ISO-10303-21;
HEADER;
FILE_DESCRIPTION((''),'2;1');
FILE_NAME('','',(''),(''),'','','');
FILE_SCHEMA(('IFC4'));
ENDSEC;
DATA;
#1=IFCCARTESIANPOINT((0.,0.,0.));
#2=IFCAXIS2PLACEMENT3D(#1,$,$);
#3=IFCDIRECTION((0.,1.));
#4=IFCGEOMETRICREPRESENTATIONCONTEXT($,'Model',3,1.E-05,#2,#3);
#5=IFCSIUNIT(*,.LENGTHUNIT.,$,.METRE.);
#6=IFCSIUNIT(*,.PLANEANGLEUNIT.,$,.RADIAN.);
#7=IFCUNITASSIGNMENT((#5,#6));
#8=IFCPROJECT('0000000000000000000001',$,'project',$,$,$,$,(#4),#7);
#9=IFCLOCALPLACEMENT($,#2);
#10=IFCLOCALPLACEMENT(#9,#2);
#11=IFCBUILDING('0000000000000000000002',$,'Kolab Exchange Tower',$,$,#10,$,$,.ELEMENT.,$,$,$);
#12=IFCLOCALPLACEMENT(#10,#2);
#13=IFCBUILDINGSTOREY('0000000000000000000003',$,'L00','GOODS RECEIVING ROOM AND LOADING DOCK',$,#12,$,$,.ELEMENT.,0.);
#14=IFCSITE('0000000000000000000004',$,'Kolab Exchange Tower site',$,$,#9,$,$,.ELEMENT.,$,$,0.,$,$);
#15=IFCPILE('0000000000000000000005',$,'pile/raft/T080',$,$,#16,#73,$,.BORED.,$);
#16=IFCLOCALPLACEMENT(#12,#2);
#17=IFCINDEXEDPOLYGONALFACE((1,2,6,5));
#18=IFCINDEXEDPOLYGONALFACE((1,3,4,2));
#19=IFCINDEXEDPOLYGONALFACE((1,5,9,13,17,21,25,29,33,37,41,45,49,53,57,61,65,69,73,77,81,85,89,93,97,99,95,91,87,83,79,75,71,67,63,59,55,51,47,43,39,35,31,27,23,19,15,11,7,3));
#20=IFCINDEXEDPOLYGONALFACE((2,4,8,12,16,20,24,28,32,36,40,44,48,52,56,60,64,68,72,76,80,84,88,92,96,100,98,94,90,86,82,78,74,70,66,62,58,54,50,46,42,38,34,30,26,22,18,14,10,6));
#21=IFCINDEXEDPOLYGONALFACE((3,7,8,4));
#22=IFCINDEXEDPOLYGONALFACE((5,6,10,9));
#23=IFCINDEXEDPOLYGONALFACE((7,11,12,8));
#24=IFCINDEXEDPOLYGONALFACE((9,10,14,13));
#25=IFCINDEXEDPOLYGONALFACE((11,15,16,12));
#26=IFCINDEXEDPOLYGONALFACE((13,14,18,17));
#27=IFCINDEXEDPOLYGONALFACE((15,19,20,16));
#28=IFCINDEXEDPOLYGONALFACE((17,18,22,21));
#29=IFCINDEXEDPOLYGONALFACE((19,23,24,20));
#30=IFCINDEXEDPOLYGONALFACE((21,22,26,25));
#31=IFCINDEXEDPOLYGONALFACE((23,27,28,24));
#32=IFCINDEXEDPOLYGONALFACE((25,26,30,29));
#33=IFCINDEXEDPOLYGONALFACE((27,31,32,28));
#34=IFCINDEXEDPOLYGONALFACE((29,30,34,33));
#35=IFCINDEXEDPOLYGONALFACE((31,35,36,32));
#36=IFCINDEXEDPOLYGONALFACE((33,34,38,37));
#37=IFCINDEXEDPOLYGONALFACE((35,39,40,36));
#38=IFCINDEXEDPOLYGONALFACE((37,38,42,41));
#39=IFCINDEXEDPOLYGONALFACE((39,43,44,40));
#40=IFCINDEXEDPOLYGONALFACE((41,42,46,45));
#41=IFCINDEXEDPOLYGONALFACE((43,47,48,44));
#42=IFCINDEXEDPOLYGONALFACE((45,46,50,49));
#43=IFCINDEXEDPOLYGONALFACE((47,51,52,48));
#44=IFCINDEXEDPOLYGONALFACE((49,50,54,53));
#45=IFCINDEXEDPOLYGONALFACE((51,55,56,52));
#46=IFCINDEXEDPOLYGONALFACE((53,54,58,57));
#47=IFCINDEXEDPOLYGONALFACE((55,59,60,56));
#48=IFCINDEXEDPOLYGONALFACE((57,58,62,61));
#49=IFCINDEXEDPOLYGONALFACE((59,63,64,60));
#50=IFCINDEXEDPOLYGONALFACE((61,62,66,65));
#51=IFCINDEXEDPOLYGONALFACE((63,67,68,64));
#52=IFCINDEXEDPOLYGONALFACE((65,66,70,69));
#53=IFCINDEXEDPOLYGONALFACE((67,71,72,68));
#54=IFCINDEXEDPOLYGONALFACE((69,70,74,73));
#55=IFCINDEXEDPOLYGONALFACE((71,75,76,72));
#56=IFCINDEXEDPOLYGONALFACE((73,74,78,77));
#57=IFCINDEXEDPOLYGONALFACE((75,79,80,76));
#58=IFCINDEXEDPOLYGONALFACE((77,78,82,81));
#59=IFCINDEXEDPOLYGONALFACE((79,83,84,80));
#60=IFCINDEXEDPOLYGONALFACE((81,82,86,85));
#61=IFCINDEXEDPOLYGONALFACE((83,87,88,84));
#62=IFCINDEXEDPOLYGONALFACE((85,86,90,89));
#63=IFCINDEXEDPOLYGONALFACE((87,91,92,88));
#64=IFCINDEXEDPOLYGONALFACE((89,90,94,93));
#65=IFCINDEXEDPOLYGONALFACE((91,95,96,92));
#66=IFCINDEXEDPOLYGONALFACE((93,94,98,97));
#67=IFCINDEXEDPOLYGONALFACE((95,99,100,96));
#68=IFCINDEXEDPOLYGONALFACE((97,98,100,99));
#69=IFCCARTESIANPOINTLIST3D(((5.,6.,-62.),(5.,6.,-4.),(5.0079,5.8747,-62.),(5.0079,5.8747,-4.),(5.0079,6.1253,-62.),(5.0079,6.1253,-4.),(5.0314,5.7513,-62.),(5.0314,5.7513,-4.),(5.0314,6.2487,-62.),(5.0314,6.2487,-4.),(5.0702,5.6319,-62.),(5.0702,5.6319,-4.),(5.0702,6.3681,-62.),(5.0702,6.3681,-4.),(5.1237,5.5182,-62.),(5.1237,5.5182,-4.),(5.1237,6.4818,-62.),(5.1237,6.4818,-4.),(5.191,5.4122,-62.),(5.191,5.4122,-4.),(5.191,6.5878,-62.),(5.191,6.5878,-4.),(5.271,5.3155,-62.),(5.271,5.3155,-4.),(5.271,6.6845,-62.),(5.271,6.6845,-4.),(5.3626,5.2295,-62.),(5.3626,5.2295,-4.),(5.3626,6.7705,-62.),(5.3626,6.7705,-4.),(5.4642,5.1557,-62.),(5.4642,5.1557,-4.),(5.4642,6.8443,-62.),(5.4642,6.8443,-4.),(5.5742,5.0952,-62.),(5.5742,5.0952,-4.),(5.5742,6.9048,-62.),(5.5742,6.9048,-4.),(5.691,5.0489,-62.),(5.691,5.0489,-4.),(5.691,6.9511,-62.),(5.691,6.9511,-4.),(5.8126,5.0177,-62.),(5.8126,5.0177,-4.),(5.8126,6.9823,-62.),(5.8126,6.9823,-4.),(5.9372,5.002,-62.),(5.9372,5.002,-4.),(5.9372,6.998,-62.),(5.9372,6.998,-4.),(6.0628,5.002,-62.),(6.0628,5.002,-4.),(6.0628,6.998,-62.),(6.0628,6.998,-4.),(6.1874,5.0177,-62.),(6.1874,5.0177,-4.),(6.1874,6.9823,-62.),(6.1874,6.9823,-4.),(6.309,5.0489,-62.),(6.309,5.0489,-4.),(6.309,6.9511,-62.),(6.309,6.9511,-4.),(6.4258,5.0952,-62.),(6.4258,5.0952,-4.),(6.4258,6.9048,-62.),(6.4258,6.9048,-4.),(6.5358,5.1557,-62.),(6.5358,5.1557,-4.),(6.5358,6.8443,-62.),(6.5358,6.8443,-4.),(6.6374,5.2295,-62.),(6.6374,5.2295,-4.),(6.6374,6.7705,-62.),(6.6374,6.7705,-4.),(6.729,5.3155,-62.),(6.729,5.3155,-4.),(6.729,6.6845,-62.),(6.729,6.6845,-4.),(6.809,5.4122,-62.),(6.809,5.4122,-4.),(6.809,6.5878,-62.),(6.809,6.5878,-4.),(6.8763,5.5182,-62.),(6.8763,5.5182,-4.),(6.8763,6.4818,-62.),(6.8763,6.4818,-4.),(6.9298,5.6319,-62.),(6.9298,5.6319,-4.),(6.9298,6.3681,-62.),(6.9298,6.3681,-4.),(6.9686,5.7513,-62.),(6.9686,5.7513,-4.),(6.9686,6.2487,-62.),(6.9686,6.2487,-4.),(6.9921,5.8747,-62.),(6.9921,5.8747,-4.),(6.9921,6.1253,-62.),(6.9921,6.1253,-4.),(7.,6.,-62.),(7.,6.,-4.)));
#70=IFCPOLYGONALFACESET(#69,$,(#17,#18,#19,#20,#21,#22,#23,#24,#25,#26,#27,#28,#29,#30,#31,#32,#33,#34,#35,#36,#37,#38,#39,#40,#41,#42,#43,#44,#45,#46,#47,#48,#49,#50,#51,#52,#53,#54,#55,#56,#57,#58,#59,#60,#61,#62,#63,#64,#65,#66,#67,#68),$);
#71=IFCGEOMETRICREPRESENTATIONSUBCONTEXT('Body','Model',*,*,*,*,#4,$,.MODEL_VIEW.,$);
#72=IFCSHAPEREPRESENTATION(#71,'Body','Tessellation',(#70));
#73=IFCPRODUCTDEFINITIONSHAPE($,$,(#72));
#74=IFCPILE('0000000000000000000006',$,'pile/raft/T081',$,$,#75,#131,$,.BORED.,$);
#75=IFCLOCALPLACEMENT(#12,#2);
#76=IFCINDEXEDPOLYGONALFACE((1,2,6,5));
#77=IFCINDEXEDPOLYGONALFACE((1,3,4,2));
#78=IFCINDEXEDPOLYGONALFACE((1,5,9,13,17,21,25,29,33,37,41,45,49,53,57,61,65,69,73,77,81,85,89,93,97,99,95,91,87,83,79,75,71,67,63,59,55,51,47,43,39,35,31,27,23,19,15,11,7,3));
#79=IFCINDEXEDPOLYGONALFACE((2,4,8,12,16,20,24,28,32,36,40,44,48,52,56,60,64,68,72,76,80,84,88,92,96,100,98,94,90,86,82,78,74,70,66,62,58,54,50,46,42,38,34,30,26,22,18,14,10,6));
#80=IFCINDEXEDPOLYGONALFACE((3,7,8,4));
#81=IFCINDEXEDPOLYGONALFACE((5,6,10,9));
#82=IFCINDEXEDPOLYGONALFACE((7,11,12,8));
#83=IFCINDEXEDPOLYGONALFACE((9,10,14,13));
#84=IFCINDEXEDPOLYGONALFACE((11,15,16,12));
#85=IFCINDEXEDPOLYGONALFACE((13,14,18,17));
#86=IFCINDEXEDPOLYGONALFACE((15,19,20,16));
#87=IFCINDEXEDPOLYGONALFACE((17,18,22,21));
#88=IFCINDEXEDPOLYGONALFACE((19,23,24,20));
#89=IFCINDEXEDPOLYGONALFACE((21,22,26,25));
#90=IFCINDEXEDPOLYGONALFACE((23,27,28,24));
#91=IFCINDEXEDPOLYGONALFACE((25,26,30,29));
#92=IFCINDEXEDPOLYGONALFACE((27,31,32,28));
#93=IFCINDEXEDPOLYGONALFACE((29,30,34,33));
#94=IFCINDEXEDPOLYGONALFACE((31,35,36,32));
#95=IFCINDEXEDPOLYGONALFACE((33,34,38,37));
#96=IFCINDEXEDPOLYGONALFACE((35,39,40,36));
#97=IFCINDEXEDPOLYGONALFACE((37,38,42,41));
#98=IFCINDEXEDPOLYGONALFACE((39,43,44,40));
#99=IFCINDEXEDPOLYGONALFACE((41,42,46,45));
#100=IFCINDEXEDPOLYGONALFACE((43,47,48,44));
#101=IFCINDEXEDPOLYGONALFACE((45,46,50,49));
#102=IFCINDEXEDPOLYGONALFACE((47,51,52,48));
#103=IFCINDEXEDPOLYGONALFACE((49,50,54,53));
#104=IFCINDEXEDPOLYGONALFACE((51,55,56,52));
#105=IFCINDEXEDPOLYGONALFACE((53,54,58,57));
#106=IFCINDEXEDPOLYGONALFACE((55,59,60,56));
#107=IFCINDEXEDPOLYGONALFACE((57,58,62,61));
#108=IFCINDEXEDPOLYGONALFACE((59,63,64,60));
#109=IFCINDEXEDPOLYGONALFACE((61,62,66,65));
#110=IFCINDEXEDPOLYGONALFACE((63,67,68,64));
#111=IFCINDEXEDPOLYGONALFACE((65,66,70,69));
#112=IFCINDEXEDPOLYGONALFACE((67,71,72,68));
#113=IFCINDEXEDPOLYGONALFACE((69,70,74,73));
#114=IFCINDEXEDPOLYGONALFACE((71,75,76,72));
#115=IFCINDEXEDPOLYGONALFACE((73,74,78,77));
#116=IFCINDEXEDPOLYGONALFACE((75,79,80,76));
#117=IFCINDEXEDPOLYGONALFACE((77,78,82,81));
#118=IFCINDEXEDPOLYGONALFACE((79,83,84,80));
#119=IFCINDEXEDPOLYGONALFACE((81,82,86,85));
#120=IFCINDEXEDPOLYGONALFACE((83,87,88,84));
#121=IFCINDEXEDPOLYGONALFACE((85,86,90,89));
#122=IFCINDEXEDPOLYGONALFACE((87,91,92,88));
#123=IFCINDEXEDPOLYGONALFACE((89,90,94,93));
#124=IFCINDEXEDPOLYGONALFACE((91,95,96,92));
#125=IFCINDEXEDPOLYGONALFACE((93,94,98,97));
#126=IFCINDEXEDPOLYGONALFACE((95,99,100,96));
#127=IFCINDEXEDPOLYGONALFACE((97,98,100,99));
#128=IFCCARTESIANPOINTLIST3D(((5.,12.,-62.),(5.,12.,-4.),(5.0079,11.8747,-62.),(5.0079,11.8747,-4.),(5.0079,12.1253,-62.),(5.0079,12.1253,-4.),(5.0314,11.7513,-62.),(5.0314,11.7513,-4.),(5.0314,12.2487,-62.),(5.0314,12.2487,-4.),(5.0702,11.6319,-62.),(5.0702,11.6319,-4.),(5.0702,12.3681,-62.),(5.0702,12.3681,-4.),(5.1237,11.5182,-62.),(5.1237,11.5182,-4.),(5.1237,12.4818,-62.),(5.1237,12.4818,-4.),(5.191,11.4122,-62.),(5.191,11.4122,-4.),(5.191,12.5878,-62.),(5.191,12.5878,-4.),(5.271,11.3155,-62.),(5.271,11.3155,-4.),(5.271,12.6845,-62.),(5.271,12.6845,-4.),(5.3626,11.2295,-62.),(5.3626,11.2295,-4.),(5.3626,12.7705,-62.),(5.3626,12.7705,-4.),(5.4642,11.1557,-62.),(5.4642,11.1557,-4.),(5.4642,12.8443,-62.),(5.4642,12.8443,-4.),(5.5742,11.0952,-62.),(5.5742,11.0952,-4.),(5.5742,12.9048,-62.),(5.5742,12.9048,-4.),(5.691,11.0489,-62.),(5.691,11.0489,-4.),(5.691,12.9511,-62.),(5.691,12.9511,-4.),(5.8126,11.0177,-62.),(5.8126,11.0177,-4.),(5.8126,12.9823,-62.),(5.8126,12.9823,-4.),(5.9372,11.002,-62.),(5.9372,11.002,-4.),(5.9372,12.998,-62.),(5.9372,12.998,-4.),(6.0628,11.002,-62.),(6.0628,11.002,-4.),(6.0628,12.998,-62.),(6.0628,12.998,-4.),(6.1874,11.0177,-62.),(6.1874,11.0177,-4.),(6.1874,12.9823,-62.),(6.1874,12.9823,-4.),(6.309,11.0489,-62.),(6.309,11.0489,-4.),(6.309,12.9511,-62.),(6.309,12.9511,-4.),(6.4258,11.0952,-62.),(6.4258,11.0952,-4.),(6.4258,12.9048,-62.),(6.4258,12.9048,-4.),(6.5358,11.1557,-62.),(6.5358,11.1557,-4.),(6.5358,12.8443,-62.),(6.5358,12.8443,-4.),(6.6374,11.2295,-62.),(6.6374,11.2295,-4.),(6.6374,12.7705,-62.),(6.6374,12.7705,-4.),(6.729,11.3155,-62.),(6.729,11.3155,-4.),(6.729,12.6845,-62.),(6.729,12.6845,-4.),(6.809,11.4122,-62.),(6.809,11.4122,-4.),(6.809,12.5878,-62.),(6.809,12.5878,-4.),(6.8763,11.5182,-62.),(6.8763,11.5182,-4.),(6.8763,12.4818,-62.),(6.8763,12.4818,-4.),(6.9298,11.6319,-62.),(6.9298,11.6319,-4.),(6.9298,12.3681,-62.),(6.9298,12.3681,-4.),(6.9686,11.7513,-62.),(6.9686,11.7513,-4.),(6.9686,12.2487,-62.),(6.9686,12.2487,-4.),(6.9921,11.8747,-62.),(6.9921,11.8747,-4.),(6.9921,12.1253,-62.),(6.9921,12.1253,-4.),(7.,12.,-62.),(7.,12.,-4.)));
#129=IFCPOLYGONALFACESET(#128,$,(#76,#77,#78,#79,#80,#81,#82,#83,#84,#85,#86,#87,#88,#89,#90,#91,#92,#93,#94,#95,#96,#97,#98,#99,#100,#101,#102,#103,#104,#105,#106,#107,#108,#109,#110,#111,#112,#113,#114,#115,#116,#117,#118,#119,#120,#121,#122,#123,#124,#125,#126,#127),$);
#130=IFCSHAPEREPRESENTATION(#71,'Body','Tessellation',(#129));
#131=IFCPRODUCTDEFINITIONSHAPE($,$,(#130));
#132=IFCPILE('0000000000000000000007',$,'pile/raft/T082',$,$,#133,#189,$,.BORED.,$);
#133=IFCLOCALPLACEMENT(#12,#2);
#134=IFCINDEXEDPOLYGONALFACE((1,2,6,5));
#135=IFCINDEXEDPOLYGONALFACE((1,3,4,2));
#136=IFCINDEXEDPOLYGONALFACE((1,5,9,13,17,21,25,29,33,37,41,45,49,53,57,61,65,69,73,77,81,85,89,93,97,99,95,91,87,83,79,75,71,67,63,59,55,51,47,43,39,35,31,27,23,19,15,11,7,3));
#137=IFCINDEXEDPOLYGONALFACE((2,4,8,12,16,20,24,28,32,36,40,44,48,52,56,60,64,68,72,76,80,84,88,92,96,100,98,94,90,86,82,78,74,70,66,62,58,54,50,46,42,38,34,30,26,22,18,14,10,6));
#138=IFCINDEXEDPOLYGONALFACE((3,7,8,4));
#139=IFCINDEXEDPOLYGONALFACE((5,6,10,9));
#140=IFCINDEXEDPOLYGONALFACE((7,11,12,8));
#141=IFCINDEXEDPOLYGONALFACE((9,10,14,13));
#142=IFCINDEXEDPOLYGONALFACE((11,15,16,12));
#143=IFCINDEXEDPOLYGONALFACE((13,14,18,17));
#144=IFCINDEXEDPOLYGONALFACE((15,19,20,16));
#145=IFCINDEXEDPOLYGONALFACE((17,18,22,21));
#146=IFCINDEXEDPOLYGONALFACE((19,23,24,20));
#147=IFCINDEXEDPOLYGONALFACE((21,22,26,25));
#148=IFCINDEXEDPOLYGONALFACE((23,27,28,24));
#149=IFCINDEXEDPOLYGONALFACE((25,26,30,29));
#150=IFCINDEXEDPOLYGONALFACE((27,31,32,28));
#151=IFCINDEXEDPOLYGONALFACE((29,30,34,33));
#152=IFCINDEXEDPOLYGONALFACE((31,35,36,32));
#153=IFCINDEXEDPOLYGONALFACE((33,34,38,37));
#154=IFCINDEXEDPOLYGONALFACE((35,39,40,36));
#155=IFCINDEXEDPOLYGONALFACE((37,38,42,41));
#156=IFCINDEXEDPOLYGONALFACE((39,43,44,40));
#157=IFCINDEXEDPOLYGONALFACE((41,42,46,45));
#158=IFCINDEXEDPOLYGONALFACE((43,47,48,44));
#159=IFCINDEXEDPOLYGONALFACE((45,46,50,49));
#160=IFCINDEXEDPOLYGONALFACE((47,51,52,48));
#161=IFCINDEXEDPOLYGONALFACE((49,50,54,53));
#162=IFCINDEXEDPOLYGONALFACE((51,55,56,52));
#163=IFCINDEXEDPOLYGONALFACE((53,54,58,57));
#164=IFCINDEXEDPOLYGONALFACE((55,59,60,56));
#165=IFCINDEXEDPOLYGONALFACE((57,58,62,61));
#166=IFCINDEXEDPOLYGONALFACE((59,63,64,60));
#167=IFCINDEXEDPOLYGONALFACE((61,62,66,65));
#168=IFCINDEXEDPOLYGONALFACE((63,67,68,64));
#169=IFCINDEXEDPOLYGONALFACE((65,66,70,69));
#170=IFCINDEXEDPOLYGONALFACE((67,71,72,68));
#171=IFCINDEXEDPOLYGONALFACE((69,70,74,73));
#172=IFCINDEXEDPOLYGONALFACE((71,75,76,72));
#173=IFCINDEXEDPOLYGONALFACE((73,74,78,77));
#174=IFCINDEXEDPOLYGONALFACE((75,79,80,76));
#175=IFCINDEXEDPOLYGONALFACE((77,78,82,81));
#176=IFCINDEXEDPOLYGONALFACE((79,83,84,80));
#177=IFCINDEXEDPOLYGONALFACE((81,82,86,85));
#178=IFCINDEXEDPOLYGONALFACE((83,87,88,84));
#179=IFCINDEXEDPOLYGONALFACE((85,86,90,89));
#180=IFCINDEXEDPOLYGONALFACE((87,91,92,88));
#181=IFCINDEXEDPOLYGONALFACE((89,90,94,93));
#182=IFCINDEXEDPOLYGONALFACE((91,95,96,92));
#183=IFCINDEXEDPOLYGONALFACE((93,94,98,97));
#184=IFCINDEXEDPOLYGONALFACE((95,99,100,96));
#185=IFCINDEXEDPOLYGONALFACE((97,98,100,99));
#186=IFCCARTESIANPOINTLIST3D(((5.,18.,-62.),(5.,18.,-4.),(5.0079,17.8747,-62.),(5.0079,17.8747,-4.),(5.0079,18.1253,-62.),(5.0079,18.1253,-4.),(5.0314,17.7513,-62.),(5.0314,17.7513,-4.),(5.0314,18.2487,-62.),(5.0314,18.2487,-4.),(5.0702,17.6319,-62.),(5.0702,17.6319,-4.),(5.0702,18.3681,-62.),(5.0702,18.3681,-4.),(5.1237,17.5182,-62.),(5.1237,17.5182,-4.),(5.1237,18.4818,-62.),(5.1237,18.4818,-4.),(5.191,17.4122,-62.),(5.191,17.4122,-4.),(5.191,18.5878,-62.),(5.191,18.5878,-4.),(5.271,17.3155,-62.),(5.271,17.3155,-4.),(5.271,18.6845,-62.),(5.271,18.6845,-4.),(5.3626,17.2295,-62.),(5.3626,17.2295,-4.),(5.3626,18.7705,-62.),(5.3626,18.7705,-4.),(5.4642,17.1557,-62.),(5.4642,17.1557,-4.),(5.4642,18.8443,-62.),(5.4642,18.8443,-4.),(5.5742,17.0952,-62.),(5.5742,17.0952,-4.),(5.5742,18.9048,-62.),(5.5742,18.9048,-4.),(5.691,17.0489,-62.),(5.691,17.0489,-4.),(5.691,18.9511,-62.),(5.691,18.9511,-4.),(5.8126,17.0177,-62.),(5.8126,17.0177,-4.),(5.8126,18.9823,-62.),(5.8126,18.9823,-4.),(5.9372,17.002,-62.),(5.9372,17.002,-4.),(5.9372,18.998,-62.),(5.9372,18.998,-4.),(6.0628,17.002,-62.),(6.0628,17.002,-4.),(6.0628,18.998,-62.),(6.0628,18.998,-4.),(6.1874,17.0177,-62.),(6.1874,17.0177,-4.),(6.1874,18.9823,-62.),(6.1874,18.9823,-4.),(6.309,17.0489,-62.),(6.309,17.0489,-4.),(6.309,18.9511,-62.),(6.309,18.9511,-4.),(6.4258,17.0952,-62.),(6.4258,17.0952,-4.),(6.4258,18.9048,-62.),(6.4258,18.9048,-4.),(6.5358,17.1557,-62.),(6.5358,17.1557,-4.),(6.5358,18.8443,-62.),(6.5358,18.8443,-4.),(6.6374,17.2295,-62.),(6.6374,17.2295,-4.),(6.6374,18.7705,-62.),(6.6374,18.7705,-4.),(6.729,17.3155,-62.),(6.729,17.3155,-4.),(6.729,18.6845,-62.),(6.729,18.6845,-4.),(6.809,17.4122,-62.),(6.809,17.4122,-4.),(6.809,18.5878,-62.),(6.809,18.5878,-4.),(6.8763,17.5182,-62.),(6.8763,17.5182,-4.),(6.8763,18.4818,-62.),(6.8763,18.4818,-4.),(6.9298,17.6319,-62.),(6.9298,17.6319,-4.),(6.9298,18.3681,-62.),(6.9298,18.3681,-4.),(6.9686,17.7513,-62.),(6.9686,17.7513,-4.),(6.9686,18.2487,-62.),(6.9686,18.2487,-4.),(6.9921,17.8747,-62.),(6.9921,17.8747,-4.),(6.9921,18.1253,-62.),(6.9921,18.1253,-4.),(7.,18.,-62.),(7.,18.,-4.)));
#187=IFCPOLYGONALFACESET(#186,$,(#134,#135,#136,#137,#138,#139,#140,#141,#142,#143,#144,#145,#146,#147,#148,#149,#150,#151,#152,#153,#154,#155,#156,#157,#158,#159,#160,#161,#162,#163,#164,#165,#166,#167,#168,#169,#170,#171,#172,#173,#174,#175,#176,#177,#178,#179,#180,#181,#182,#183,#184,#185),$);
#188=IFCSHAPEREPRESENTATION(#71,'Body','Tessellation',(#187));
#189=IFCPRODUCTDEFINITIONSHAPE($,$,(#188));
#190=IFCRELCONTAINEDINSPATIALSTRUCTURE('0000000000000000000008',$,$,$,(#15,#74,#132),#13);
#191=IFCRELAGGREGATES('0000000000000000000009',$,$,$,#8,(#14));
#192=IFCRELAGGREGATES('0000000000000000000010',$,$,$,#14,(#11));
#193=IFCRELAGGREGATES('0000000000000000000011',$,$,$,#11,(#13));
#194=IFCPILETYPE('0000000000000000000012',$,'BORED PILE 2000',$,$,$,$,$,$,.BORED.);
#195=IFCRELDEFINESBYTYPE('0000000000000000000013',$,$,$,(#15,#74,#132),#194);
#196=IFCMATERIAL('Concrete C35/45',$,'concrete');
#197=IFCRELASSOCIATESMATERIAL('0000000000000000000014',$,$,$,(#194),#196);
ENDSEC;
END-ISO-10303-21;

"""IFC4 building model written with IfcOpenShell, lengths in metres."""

from ifc_helpers import new_model, si_unit, direction, frame, origin, origin_2d, place, context, subcontext, project, spatial, circle, extrude, material, material_profile, profile_set, type_object, element, save


model = new_model("IFC4")

# Units and contexts
model_context = context("Model", 3, precision=1e-05, world=origin(), true_north=direction((0.0, 1.0)))
body_context = subcontext(model_context, "Body", "Model", "MODEL_VIEW")
ifc_project = project(units=[si_unit("LENGTHUNIT", "METRE"), si_unit("PLANEANGLEUNIT", "RADIAN")], contexts=[model_context])

# Site, building, storey
site_placement = place(None, origin())
site = spatial("IfcSite", under=ifc_project, at=site_placement, Name="Kolab Exchange Tower site", CompositionType="ELEMENT", RefElevation=0.0)
building_placement = place(site_placement, origin())
building = spatial("IfcBuilding", under=site, at=building_placement, Name="Kolab Exchange Tower", CompositionType="ELEMENT")
storey_placement = place(building_placement, origin())
storey = spatial("IfcBuildingStorey", under=building, at=storey_placement, Name="L00", Description="GOODS RECEIVING ROOM AND LOADING DOCK", CompositionType="ELEMENT", Elevation=0.0)

# Piles
ifc_material_1 = material(Name="Concrete C35/45", Category="concrete")
ifc_material_profile_1 = material_profile(ifc_material_1, circle(Radius=1.0, at=origin_2d()), Name="BP2000")
ifc_profile_set_1 = profile_set([ifc_material_profile_1], Name="Concrete C35/45")
pile_type = type_object("IfcPileType", Name="BORED PILE 2000", PredefinedType="BORED", material=ifc_profile_set_1)
for number, where, z_axis, x_axis, name in (
    (1, (6.0, 6.0, -4.0), (0.0, 0.0, -1.0), (1.0, 0.0, 0.0), "pile/raft/T080"),
    (2, (6.0, 12.0, -4.0), (0.0, 0.0, -1.0), (1.0, 0.0, 0.0), "pile/raft/T081"),
    (3, (6.0, 18.0, -4.0), (0.0, 0.0, -1.0), (1.0, 0.0, 0.0), "pile/raft/T082"),
):
    element("IfcPile", number, at=place(storey_placement, frame(where, z_axis=z_axis, x_axis=x_axis)), inside=storey, type_object=pile_type, Name=name, PredefinedType="BORED", context=body_context, shape_type="SweptSolid", body=[
        extrude(circle(Radius=1.0, at=origin_2d()), origin(), (0.0, 0.0, 1.0), 58.0),
    ])

save(model, "model.ifc")
